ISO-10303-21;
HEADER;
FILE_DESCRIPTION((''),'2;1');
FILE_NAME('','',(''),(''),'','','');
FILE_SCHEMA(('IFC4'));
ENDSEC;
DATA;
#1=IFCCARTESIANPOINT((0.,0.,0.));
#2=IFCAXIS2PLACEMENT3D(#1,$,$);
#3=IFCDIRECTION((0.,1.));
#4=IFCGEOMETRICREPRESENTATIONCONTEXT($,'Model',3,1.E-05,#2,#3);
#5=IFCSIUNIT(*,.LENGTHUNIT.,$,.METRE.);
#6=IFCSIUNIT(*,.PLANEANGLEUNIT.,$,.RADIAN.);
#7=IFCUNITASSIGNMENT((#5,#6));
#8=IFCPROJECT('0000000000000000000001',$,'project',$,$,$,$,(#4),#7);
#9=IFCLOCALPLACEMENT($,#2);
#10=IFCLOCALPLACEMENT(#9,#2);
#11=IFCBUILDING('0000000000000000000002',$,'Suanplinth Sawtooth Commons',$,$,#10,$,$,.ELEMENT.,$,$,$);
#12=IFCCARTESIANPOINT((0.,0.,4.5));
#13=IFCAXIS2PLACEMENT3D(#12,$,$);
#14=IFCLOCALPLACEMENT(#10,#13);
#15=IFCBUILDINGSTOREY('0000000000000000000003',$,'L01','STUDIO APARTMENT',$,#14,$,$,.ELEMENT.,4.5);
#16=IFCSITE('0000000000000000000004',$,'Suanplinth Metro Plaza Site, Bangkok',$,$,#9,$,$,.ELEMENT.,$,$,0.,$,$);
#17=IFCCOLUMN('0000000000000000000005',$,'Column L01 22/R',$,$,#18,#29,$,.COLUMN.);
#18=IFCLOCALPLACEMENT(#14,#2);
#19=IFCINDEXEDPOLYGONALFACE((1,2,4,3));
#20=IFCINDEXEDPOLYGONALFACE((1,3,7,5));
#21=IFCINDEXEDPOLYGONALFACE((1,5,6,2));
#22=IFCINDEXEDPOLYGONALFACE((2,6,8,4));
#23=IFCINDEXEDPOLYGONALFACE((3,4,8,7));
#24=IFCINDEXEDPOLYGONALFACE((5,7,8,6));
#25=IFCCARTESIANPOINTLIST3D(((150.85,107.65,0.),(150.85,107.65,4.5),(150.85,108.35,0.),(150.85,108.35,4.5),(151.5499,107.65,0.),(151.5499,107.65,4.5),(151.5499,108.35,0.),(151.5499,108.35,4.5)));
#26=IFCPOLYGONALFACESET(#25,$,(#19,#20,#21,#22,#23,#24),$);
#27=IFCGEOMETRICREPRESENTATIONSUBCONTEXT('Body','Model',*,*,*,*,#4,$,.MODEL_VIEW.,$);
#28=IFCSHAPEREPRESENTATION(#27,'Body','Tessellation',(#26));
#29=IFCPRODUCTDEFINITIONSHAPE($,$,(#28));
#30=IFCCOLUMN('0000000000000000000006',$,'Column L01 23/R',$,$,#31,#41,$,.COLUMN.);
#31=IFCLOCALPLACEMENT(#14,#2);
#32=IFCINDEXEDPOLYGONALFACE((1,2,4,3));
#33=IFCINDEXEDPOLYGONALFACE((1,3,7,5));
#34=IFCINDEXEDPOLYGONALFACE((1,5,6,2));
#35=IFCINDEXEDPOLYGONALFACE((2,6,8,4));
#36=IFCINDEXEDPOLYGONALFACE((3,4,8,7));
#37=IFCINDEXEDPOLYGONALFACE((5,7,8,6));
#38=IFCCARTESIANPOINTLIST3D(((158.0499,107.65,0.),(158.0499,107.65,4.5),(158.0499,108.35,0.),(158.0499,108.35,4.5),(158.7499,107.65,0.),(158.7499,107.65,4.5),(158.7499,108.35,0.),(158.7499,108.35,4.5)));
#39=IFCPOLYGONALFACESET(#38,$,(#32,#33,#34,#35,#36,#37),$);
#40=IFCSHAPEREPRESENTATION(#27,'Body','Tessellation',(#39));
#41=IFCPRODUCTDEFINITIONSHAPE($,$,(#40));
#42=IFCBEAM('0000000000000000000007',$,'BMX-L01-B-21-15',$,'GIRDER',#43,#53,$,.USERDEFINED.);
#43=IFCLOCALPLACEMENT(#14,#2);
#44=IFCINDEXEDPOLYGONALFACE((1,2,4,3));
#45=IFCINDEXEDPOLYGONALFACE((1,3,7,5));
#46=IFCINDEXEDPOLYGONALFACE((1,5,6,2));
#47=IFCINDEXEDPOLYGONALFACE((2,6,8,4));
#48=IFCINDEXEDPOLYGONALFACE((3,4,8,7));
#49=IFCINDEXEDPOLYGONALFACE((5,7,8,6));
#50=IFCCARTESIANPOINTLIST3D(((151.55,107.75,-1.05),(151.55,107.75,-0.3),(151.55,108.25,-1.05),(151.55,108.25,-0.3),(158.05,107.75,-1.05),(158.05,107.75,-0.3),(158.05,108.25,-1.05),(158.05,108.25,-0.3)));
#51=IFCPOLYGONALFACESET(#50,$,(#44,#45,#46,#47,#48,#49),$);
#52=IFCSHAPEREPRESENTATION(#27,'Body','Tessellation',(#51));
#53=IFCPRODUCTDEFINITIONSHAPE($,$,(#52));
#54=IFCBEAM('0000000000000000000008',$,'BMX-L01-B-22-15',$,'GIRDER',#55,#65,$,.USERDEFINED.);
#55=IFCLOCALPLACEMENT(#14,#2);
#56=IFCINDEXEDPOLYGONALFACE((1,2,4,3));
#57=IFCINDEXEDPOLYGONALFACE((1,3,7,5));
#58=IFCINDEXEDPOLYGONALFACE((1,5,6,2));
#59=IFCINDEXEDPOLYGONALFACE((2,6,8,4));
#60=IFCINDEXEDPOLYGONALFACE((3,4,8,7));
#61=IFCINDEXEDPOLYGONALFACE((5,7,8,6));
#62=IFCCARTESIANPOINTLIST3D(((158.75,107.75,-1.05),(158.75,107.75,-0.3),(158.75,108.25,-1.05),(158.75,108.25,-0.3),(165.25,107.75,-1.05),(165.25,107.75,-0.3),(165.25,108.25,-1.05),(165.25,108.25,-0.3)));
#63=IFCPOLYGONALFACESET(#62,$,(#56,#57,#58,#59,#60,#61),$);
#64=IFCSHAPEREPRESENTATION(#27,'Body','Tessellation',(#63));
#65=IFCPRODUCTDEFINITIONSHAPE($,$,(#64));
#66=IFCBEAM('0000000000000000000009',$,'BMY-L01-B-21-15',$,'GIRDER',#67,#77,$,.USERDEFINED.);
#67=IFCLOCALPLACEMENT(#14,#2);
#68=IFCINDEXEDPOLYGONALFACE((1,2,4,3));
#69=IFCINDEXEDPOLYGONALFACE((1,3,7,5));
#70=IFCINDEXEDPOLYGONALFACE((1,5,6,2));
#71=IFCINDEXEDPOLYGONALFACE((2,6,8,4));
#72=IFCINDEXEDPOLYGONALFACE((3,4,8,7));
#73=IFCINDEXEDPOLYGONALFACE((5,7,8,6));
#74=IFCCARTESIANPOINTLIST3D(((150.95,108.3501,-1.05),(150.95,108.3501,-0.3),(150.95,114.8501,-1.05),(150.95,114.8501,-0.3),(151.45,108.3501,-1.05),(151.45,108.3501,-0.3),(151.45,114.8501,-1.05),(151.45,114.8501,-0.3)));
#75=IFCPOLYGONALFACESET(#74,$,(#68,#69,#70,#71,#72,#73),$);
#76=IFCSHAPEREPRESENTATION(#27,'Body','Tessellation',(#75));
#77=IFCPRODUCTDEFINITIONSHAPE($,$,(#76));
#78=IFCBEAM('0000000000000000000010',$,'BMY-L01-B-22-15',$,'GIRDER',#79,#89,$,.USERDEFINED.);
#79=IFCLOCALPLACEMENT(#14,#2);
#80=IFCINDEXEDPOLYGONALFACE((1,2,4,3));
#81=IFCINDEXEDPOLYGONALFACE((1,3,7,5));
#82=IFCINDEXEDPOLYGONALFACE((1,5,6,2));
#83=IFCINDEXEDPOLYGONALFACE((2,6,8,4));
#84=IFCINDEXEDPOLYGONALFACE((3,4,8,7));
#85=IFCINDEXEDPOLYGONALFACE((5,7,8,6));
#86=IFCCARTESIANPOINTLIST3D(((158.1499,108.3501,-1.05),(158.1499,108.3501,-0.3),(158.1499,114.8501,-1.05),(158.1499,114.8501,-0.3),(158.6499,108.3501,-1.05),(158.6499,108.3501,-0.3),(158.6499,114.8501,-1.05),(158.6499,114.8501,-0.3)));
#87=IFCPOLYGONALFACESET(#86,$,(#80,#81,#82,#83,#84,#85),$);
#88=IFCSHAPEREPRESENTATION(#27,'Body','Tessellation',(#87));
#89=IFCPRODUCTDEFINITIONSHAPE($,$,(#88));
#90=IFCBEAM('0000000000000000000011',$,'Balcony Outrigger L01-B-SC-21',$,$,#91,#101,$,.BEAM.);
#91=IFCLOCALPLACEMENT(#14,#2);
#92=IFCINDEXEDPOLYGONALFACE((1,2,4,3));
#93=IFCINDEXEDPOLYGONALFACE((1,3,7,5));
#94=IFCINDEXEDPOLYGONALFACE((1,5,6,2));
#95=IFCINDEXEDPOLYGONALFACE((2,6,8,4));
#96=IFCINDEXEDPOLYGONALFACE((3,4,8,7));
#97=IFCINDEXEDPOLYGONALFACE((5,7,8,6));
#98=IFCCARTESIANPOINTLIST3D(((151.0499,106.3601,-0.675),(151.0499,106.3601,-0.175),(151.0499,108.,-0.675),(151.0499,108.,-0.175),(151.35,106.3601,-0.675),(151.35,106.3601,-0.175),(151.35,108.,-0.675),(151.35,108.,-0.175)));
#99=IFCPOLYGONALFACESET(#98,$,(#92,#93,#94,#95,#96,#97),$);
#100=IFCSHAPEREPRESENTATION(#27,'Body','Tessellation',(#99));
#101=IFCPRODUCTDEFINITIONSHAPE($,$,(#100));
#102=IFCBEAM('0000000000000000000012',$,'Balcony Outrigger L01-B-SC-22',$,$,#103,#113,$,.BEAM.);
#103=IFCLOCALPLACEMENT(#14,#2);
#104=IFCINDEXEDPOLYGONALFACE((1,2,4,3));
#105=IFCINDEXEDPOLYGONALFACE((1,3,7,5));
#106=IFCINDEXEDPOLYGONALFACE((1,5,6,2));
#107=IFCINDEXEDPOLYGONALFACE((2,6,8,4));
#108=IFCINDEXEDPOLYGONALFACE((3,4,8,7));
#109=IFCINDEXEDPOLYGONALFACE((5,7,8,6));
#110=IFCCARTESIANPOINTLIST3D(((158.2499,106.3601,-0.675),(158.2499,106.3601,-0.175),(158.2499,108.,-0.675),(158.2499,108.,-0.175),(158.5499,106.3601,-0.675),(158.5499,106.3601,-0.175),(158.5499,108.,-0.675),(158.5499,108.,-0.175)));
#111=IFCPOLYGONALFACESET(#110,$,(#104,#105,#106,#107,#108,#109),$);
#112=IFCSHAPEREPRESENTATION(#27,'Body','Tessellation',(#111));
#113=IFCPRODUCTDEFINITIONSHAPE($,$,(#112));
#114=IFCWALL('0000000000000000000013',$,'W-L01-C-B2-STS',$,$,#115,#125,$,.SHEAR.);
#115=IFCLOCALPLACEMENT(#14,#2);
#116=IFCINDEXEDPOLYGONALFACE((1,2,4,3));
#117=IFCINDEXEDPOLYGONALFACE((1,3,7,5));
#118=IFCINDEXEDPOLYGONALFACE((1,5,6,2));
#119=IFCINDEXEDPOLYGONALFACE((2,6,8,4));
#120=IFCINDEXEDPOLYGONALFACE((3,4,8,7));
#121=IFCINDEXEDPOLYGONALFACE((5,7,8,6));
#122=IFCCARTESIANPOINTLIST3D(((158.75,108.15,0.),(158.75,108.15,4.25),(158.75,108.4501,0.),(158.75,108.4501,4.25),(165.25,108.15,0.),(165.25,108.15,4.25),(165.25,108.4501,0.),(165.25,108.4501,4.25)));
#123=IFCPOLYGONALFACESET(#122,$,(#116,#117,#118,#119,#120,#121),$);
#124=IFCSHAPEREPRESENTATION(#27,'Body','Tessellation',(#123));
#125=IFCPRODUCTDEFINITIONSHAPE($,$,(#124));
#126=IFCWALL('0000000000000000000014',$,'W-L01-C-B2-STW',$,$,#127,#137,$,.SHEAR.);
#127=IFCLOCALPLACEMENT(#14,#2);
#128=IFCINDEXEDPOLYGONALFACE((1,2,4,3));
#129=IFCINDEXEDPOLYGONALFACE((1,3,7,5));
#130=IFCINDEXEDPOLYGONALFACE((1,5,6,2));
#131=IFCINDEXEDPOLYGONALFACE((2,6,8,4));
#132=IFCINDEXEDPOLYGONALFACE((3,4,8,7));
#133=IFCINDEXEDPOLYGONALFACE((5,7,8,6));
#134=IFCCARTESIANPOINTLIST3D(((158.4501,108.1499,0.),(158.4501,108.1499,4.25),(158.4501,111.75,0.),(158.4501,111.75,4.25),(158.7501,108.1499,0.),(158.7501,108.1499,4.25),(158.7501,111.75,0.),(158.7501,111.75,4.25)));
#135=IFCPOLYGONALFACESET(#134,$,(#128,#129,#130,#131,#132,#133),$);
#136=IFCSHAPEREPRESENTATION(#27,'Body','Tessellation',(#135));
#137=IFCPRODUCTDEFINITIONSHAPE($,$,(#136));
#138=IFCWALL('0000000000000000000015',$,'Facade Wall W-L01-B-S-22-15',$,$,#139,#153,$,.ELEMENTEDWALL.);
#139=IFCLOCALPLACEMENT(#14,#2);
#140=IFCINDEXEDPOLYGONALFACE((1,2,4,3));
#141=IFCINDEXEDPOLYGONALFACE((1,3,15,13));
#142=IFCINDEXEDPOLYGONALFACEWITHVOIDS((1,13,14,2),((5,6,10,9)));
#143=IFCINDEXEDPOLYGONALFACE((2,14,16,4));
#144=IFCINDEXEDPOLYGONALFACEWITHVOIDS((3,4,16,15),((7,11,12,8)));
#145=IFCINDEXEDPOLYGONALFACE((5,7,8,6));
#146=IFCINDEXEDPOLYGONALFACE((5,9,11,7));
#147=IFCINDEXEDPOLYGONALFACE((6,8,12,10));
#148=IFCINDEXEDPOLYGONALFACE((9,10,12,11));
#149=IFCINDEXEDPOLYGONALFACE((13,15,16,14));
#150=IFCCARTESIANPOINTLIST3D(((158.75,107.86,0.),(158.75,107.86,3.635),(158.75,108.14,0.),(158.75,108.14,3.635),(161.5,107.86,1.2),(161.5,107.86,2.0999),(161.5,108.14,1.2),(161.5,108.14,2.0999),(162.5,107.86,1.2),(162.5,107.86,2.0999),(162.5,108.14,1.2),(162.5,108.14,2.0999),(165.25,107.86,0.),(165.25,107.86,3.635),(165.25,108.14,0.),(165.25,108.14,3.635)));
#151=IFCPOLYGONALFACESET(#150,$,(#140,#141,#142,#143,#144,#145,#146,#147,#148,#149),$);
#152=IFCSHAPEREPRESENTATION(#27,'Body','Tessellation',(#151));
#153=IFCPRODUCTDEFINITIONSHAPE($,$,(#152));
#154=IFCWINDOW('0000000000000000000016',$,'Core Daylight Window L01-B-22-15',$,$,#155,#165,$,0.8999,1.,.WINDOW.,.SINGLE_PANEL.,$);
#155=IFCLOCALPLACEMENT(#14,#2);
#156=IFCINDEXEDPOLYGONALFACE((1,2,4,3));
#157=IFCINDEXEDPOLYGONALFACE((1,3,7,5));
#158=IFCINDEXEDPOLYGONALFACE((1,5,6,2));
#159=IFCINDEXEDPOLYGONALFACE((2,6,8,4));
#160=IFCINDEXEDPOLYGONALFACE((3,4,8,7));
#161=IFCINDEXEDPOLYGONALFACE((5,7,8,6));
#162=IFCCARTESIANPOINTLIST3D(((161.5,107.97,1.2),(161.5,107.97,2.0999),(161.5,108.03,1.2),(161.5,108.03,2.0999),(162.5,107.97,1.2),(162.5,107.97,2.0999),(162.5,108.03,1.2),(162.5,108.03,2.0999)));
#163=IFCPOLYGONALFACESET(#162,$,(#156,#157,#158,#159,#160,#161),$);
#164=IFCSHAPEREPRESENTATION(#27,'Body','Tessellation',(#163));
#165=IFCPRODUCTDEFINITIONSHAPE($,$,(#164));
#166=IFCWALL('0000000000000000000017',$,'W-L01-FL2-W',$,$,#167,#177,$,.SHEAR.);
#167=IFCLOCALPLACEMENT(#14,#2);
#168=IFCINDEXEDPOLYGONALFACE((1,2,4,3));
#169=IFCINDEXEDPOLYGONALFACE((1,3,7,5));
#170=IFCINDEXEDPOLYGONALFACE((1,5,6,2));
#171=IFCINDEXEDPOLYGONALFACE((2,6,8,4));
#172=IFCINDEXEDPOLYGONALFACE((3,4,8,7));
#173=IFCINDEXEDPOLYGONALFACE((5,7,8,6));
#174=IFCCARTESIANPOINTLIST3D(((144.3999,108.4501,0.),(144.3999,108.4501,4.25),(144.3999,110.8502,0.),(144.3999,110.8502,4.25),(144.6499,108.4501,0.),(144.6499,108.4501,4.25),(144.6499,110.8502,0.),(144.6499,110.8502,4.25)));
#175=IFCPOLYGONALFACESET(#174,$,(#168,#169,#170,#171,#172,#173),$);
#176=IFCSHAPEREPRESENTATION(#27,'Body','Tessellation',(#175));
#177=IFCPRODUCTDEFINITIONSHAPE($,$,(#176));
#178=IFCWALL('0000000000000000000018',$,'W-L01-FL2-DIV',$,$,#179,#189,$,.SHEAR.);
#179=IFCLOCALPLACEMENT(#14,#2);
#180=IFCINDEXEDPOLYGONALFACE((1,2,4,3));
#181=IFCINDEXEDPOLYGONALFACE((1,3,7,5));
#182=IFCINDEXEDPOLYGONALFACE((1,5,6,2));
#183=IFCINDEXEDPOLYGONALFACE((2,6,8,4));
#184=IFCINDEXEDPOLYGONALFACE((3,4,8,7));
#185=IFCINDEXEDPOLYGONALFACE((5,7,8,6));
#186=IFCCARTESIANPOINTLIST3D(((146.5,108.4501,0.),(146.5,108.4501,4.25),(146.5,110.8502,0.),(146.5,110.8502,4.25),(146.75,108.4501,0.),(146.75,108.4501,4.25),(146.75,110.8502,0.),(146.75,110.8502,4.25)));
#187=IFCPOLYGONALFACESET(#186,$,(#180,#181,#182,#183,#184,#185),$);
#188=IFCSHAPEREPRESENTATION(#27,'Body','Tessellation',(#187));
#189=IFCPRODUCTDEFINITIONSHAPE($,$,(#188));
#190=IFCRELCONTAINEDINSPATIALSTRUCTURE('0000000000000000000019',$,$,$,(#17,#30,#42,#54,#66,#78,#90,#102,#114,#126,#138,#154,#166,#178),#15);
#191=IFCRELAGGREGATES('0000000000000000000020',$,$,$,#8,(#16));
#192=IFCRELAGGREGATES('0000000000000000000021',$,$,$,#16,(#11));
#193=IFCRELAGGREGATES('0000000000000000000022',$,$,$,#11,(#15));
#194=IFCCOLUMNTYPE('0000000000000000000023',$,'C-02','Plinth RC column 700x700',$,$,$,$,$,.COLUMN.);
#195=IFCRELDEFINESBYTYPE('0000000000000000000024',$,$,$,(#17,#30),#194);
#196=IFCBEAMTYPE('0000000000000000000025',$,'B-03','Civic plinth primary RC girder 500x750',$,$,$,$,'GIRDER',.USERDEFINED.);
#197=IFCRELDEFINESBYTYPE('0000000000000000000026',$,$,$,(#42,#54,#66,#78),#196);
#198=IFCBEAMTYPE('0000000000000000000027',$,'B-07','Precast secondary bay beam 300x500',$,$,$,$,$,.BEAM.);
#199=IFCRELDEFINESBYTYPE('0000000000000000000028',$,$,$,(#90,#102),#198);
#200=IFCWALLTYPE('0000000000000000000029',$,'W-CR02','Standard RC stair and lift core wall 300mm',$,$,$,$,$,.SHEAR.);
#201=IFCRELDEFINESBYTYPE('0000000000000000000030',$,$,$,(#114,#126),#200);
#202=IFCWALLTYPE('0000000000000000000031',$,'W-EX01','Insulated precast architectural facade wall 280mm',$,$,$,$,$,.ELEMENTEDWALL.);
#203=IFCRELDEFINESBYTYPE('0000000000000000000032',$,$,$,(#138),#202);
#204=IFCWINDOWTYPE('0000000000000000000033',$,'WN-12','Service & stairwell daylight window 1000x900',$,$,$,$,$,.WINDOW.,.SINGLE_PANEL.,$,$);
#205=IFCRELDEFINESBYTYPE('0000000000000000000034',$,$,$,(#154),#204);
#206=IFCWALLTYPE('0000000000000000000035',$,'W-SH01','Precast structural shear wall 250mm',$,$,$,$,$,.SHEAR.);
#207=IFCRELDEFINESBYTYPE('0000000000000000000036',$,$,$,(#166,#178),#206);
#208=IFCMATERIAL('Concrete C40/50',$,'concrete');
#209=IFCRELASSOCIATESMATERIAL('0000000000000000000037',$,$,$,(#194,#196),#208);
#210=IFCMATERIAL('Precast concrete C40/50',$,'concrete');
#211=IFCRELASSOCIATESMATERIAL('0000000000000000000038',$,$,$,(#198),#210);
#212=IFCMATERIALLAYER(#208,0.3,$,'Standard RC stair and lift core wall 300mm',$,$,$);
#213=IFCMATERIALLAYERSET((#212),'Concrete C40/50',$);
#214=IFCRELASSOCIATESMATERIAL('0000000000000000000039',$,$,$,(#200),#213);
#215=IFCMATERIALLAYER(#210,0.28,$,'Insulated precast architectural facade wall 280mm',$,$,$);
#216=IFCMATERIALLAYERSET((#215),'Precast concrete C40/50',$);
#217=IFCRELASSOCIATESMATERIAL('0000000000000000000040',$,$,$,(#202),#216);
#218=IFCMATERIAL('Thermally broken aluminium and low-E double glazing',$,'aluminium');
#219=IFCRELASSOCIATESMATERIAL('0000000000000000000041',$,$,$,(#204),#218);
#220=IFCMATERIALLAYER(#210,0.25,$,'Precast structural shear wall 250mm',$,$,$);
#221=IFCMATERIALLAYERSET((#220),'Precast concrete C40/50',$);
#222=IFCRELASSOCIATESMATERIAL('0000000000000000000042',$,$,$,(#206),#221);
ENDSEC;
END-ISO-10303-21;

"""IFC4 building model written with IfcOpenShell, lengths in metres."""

from ifc_helpers import new_model, si_unit, direction, frame, frame_2d, origin, origin_2d, place, context, subcontext, project, spatial, rectangle, extrude, material, layer, layer_set, material_profile, profile_set, type_object, element, fill, save


model = new_model("IFC4")

# Units and contexts
model_context = context("Model", 3, precision=1e-05, world=origin(), true_north=direction((0.0, 1.0)))
body_context = subcontext(model_context, "Body", "Model", "MODEL_VIEW")
ifc_project = project(units=[si_unit("LENGTHUNIT", "METRE"), si_unit("PLANEANGLEUNIT", "RADIAN")], contexts=[model_context])

# Site, building, storey
site_placement = place(None, origin())
site = spatial("IfcSite", under=ifc_project, at=site_placement, Name="Suanplinth Metro Plaza Site, Bangkok", CompositionType="ELEMENT", RefElevation=0.0)
building_placement = place(site_placement, origin())
building = spatial("IfcBuilding", under=site, at=building_placement, Name="Suanplinth Sawtooth Commons", CompositionType="ELEMENT")
storey_placement = place(building_placement, frame((0.0, 0.0, 4.5)))
storey = spatial("IfcBuildingStorey", under=building, at=storey_placement, Name="L01", Description="STUDIO APARTMENT", CompositionType="ELEMENT", Elevation=4.5)

# Columns
ifc_material_1 = material(Name="Concrete C40/50", Category="concrete")
ifc_material_profile_1 = material_profile(ifc_material_1, rectangle(XDim=0.7, YDim=0.7, at=origin_2d()), Name="RC-COL 700x700")
ifc_profile_set_1 = profile_set([ifc_material_profile_1], Name="Concrete C40/50")
column_type = type_object("IfcColumnType", Name="C-02", Description="Plinth RC column 700x700", PredefinedType="COLUMN", material=ifc_profile_set_1)
for number, where, z_axis, x_axis, name in (
    (1, (151.2, 108.0, 0.0), (0.0, 0.0, 1.0), (1.0, 0.0, 0.0), "Column L01 22/R"),
    (2, (158.3999, 108.0, 0.0), (0.0, 0.0, 1.0), (1.0, 0.0, 0.0), "Column L01 23/R"),
):
    element("IfcColumn", number, at=place(storey_placement, frame(where, z_axis=z_axis, x_axis=x_axis)), inside=storey, type_object=column_type, Name=name, PredefinedType="COLUMN", context=body_context, shape_type="SweptSolid", body=[
        extrude(rectangle(XDim=0.7, YDim=0.7, at=origin_2d()), origin(), (0.0, 0.0, 1.0), 4.5),
    ])

# Beams
ifc_material_profile_2 = material_profile(ifc_material_1, rectangle(XDim=0.5, YDim=0.75, at=origin_2d()), Name="RC-GDR 500x750")
ifc_profile_set_2 = profile_set([ifc_material_profile_2], Name="Concrete C40/50")
beam_type_1 = type_object("IfcBeamType", Name="B-03", Description="Civic plinth primary RC girder 500x750", ElementType="GIRDER", PredefinedType="USERDEFINED", material=ifc_profile_set_2)
for number, where, z_axis, x_axis, name in (
    (3, (151.55, 108.0, -0.675), (1.0, 0.0, 0.0), (0.0, 1.0, 0.0), "BMX-L01-B-21-15"),
    (4, (158.75, 108.0, -0.675), (1.0, 0.0, 0.0), (0.0, 1.0, 0.0), "BMX-L01-B-22-15"),
    (5, (151.2, 108.3501, -0.675), (0.0, 1.0, 0.0), (-1.0, 0.0, 0.0), "BMY-L01-B-21-15"),
    (6, (158.3999, 108.3501, -0.675), (0.0, 1.0, 0.0), (-1.0, 0.0, 0.0), "BMY-L01-B-22-15"),
):
    element("IfcBeam", number, at=place(storey_placement, frame(where, z_axis=z_axis, x_axis=x_axis)), inside=storey, type_object=beam_type_1, Name=name, ObjectType="GIRDER", PredefinedType="USERDEFINED", context=body_context, shape_type="SweptSolid", body=[
        extrude(rectangle(XDim=0.5, YDim=0.75, at=origin_2d()), origin(), (0.0, 0.0, 1.0), 6.5),
    ])
ifc_material_2 = material(Name="Precast concrete C40/50", Category="concrete")
ifc_material_profile_3 = material_profile(ifc_material_2, rectangle(XDim=0.3, YDim=0.5, at=origin_2d()), Name="PC-BM 300x500")
ifc_profile_set_3 = profile_set([ifc_material_profile_3], Name="Precast concrete C40/50")
beam_type_2 = type_object("IfcBeamType", Name="B-07", Description="Precast secondary bay beam 300x500", PredefinedType="BEAM", material=ifc_profile_set_3)
for number, where, z_axis, x_axis, name in (
    (7, (151.2, 108.0, -0.425), (0.0, -1.0, 0.0), (1.0, 0.0, 0.0), "Balcony Outrigger L01-B-SC-21"),
    (8, (158.3999, 108.0, -0.425), (0.0, -1.0, 0.0), (1.0, 0.0, 0.0), "Balcony Outrigger L01-B-SC-22"),
):
    element("IfcBeam", number, at=place(storey_placement, frame(where, z_axis=z_axis, x_axis=x_axis)), inside=storey, type_object=beam_type_2, Name=name, PredefinedType="BEAM", context=body_context, shape_type="SweptSolid", body=[
        extrude(rectangle(XDim=0.3, YDim=0.5, at=origin_2d()), origin(), (0.0, 0.0, 1.0), 1.6399),
    ])

# Walls
ifc_layer_1 = layer(ifc_material_1, 0.3, Name="Standard RC stair and lift core wall 300mm")
ifc_layer_set_1 = layer_set([ifc_layer_1], Name="Concrete C40/50")
wall_type_1 = type_object("IfcWallType", Name="W-CR02", Description="Standard RC stair and lift core wall 300mm", PredefinedType="SHEAR", material=ifc_layer_set_1)
wall_1_placement = place(storey_placement, frame((158.75, 108.3, 0.0), z_axis=(0.0, 0.0, 1.0), x_axis=(1.0, 0.0, 0.0)))
element("IfcWall", 9, at=wall_1_placement, inside=storey, type_object=wall_type_1, Name="W-L01-C-B2-STS", PredefinedType="SHEAR", context=body_context, shape_type="SweptSolid", body=[
    extrude(rectangle(XDim=6.5, YDim=0.3, at=frame_2d((3.25, 0.0))), origin(), (0.0, 0.0, 1.0), 4.25),
])
wall_2_placement = place(storey_placement, frame((158.6001, 108.1499, 0.0), z_axis=(0.0, 0.0, 1.0), x_axis=(0.0, 1.0, 0.0)))
element("IfcWall", 10, at=wall_2_placement, inside=storey, type_object=wall_type_1, Name="W-L01-C-B2-STW", PredefinedType="SHEAR", context=body_context, shape_type="SweptSolid", body=[
    extrude(rectangle(XDim=3.6001, YDim=0.3, at=frame_2d((1.8, 0.0))), origin(), (0.0, 0.0, 1.0), 4.25),
])

# Shared definitions
ifc_layer_2 = layer(ifc_material_2, 0.28, Name="Insulated precast architectural facade wall 280mm")
ifc_layer_set_2 = layer_set([ifc_layer_2], Name="Precast concrete C40/50")
wall_type_2 = type_object("IfcWallType", Name="W-EX01", Description="Insulated precast architectural facade wall 280mm", PredefinedType="ELEMENTEDWALL", material=ifc_layer_set_2)
ifc_material_3 = material(Name="Thermally broken aluminium and low-E double glazing", Category="aluminium")

# Wall, opening, window
wall_3_placement = place(storey_placement, frame((158.75, 108.0, 0.0), z_axis=(0.0, 0.0, 1.0), x_axis=(1.0, 0.0, 0.0)))
wall_3 = element("IfcWall", 11, at=wall_3_placement, inside=storey, type_object=wall_type_2, Name="Facade Wall W-L01-B-S-22-15", PredefinedType="ELEMENTEDWALL", context=body_context, shape_type="SweptSolid", body=[
    extrude(rectangle(XDim=6.5, YDim=0.28, at=frame_2d((3.25, 0.0))), origin(), (0.0, 0.0, 1.0), 3.635),
])
opening_1_placement = place(wall_3_placement, frame((2.75, 0.0, 1.2)))
opening_1 = element("IfcOpeningElement", 12, at=opening_1_placement, cuts=wall_3, PredefinedType="OPENING", context=body_context, shape_type="SweptSolid", body=[
    extrude(rectangle(XDim=1.0, YDim=0.8999, at=frame_2d((0.5, 0.45))), frame((0.0, 0.1548, 0.0), z_axis=(0.0, -1.0, 0.0), x_axis=(1.0, 0.0, 0.0)), (0.0, 0.0, 1.0), 0.3098),
])
window_type_1 = type_object("IfcWindowType", Name="WN-12", Description="Service & stairwell daylight window 1000x900", PartitioningType="SINGLE_PANEL", PredefinedType="WINDOW", material=ifc_material_3)
window_1_placement = place(opening_1_placement, origin())
window_1 = element("IfcWindow", 13, at=window_1_placement, inside=storey, type_object=window_type_1, Name="Core Daylight Window L01-B-22-15", OverallHeight=0.8999, OverallWidth=1.0, PartitioningType="SINGLE_PANEL", PredefinedType="WINDOW", context=body_context, shape_type="SweptSolid", body=[
    extrude(rectangle(XDim=1.0, YDim=0.8999, at=frame_2d((0.5, 0.45))), frame((0.0, 0.03, 0.0), z_axis=(0.0, -1.0, 0.0), x_axis=(1.0, 0.0, 0.0)), (0.0, 0.0, 1.0), 0.0601),
])
fill(opening_1, window_1)

# Walls
ifc_layer_3 = layer(ifc_material_2, 0.25, Name="Precast structural shear wall 250mm")
ifc_layer_set_3 = layer_set([ifc_layer_3], Name="Precast concrete C40/50")
wall_type_3 = type_object("IfcWallType", Name="W-SH01", Description="Precast structural shear wall 250mm", PredefinedType="SHEAR", material=ifc_layer_set_3)
for number, where, z_axis, x_axis, name in (
    (14, (144.5249, 108.45, 0.0), (0.0, 0.0, 1.0), (0.0, 1.0, 0.0), "W-L01-FL2-W"),
    (15, (146.625, 108.45, 0.0), (0.0, 0.0, 1.0), (0.0, 1.0, 0.0), "W-L01-FL2-DIV"),
):
    element("IfcWall", number, at=place(storey_placement, frame(where, z_axis=z_axis, x_axis=x_axis)), inside=storey, type_object=wall_type_3, Name=name, PredefinedType="SHEAR", context=body_context, shape_type="SweptSolid", body=[
        extrude(rectangle(XDim=2.4001, YDim=0.25, at=frame_2d((1.2002, 0.0))), origin(), (0.0, 0.0, 1.0), 4.25),
    ])

save(model, "model.ifc")
